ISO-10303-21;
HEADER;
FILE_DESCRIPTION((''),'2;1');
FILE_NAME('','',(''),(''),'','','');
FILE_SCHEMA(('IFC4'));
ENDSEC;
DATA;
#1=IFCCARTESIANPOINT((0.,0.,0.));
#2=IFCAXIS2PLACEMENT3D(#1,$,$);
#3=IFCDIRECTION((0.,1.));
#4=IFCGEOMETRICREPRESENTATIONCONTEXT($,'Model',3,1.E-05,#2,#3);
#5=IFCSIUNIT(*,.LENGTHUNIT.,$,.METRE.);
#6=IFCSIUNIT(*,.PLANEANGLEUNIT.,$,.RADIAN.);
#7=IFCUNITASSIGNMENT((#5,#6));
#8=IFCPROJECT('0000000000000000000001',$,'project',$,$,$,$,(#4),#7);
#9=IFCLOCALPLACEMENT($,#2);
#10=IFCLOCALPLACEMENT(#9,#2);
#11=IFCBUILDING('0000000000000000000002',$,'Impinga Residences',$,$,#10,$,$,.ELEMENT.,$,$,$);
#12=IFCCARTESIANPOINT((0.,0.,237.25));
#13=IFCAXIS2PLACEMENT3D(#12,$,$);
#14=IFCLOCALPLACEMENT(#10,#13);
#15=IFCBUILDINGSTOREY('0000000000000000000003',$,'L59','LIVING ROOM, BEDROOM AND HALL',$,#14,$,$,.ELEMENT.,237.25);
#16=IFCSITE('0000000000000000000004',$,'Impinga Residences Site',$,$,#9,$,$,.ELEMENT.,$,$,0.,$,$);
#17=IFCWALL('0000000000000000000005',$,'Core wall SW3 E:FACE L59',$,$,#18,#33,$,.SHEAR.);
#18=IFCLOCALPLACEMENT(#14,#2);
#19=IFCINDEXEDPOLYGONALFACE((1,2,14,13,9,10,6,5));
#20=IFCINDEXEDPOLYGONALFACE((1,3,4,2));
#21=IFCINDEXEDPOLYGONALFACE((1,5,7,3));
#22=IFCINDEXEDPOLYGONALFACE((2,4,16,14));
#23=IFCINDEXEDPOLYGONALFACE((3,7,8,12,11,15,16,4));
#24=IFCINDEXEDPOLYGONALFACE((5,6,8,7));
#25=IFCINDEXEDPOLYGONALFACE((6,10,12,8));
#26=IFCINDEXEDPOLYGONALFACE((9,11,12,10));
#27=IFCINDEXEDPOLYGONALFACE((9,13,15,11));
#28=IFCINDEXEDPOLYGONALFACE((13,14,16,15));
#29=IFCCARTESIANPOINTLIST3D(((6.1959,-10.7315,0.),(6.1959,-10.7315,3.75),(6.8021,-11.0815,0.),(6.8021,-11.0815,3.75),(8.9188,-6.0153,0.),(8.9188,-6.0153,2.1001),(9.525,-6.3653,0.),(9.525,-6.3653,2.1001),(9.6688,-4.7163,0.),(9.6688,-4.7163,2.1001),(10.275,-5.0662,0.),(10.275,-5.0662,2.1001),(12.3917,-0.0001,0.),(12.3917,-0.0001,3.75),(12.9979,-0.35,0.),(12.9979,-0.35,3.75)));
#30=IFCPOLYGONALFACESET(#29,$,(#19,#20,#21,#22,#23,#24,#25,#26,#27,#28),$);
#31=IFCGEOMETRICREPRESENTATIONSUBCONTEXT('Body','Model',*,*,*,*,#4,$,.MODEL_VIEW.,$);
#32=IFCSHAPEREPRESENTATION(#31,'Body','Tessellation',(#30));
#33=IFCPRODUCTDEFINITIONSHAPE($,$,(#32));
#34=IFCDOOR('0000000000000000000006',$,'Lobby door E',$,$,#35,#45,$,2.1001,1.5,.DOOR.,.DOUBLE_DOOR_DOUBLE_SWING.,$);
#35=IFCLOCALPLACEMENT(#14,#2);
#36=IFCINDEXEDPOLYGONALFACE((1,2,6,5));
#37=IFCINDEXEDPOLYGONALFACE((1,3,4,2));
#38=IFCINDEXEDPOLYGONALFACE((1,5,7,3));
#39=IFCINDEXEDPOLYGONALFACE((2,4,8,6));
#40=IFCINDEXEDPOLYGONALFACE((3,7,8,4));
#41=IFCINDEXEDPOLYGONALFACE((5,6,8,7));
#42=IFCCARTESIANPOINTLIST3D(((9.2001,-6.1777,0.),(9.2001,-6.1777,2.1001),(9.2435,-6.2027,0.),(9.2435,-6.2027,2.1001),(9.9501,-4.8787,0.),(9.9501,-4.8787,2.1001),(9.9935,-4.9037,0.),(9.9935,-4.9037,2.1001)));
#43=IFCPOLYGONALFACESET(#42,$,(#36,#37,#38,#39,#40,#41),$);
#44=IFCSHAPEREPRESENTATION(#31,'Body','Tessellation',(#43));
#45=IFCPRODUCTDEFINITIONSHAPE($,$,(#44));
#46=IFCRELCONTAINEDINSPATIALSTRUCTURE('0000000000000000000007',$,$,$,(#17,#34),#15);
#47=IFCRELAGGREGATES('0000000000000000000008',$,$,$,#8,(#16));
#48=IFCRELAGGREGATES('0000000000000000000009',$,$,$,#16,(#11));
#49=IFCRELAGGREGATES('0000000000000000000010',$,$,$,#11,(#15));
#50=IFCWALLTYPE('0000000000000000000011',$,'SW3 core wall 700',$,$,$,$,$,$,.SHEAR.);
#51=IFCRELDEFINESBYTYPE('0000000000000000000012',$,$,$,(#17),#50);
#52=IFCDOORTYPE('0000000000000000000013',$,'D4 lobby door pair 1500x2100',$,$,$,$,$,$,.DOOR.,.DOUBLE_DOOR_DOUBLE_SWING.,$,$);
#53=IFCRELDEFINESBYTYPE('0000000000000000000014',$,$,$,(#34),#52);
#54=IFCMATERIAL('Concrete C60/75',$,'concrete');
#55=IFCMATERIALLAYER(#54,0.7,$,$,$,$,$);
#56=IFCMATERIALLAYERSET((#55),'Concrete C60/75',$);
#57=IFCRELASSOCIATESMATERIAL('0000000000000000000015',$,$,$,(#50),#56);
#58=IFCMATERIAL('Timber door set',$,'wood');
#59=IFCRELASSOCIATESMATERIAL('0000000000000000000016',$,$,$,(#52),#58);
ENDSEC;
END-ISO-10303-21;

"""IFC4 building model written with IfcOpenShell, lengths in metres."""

from ifc_helpers import new_model, si_unit, direction, frame, frame_2d, origin, place, context, subcontext, project, spatial, rectangle, extrude, material, layer, layer_set, type_object, element, fill, save


model = new_model("IFC4")

# Units and contexts
model_context = context("Model", 3, precision=1e-05, world=origin(), true_north=direction((0.0, 1.0)))
body_context = subcontext(model_context, "Body", "Model", "MODEL_VIEW")
ifc_project = project(units=[si_unit("LENGTHUNIT", "METRE"), si_unit("PLANEANGLEUNIT", "RADIAN")], contexts=[model_context])

# Site, building, storey
site_placement = place(None, origin())
site = spatial("IfcSite", under=ifc_project, at=site_placement, Name="Impinga Residences Site", CompositionType="ELEMENT", RefElevation=0.0)
building_placement = place(site_placement, origin())
building = spatial("IfcBuilding", under=site, at=building_placement, Name="Impinga Residences", CompositionType="ELEMENT")
storey_placement = place(building_placement, frame((0.0, 0.0, 237.25)))
storey = spatial("IfcBuildingStorey", under=building, at=storey_placement, Name="L59", Description="LIVING ROOM, BEDROOM AND HALL", CompositionType="ELEMENT", Elevation=237.25)

# Shared definitions
ifc_material_1 = material(Name="Concrete C60/75", Category="concrete")

# Shared definitions
ifc_material_2 = material(Name="Timber door set", Category="wood")

# Wall, opening, door
ifc_layer_1 = layer(ifc_material_1, 0.7)
ifc_layer_set_1 = layer_set([ifc_layer_1], Name="Concrete C60/75")
wall_type_1 = type_object("IfcWallType", Name="SW3 core wall 700", PredefinedType="SHEAR", material=ifc_layer_set_1)
wall_1_placement = place(storey_placement, frame((12.6948, -0.175, 0.0), z_axis=(0.0, 0.0, 1.0), x_axis=(-0.5, -0.866025, 0.0)))
wall_1 = element("IfcWall", 1, at=wall_1_placement, inside=storey, type_object=wall_type_1, Name="Core wall SW3 E:FACE L59", PredefinedType="SHEAR", context=body_context, shape_type="SweptSolid", body=[
    extrude(rectangle(XDim=12.3916, YDim=0.7, at=frame_2d((6.1958, 0.0))), origin(), (0.0, 0.0, 1.0), 3.75),
])
opening_1_placement = place(wall_1_placement, frame((5.4458, 0.0, 0.0)))
opening_1 = element("IfcOpeningElement", 2, at=opening_1_placement, cuts=wall_1, PredefinedType="OPENING", context=body_context, shape_type="SweptSolid", body=[
    extrude(rectangle(XDim=1.5, YDim=2.1001, at=frame_2d((0.75, 1.05))), frame((0.0, 0.3599, 0.0), z_axis=(0.0, -1.0, 0.0), x_axis=(1.0, 0.0, 0.0)), (0.0, 0.0, 1.0), 0.72),
])
door_type_1 = type_object("IfcDoorType", Name="D4 lobby door pair 1500x2100", OperationType="DOUBLE_DOOR_DOUBLE_SWING", PredefinedType="DOOR", material=ifc_material_2)
door_1_placement = place(opening_1_placement, origin())
door_1 = element("IfcDoor", 3, at=door_1_placement, inside=storey, type_object=door_type_1, Name="Lobby door E", OperationType="DOUBLE_DOOR_DOUBLE_SWING", OverallHeight=2.1001, OverallWidth=1.5, PredefinedType="DOOR", context=body_context, shape_type="SweptSolid", body=[
    extrude(rectangle(XDim=1.5, YDim=2.1001, at=frame_2d((0.75, 1.05))), frame((0.0, 0.0249, 0.0), z_axis=(0.0, -1.0, 0.0), x_axis=(1.0, 0.0, 0.0)), (0.0, 0.0, 1.0), 0.05),
])
fill(opening_1, door_1)

save(model, "model.ifc")
